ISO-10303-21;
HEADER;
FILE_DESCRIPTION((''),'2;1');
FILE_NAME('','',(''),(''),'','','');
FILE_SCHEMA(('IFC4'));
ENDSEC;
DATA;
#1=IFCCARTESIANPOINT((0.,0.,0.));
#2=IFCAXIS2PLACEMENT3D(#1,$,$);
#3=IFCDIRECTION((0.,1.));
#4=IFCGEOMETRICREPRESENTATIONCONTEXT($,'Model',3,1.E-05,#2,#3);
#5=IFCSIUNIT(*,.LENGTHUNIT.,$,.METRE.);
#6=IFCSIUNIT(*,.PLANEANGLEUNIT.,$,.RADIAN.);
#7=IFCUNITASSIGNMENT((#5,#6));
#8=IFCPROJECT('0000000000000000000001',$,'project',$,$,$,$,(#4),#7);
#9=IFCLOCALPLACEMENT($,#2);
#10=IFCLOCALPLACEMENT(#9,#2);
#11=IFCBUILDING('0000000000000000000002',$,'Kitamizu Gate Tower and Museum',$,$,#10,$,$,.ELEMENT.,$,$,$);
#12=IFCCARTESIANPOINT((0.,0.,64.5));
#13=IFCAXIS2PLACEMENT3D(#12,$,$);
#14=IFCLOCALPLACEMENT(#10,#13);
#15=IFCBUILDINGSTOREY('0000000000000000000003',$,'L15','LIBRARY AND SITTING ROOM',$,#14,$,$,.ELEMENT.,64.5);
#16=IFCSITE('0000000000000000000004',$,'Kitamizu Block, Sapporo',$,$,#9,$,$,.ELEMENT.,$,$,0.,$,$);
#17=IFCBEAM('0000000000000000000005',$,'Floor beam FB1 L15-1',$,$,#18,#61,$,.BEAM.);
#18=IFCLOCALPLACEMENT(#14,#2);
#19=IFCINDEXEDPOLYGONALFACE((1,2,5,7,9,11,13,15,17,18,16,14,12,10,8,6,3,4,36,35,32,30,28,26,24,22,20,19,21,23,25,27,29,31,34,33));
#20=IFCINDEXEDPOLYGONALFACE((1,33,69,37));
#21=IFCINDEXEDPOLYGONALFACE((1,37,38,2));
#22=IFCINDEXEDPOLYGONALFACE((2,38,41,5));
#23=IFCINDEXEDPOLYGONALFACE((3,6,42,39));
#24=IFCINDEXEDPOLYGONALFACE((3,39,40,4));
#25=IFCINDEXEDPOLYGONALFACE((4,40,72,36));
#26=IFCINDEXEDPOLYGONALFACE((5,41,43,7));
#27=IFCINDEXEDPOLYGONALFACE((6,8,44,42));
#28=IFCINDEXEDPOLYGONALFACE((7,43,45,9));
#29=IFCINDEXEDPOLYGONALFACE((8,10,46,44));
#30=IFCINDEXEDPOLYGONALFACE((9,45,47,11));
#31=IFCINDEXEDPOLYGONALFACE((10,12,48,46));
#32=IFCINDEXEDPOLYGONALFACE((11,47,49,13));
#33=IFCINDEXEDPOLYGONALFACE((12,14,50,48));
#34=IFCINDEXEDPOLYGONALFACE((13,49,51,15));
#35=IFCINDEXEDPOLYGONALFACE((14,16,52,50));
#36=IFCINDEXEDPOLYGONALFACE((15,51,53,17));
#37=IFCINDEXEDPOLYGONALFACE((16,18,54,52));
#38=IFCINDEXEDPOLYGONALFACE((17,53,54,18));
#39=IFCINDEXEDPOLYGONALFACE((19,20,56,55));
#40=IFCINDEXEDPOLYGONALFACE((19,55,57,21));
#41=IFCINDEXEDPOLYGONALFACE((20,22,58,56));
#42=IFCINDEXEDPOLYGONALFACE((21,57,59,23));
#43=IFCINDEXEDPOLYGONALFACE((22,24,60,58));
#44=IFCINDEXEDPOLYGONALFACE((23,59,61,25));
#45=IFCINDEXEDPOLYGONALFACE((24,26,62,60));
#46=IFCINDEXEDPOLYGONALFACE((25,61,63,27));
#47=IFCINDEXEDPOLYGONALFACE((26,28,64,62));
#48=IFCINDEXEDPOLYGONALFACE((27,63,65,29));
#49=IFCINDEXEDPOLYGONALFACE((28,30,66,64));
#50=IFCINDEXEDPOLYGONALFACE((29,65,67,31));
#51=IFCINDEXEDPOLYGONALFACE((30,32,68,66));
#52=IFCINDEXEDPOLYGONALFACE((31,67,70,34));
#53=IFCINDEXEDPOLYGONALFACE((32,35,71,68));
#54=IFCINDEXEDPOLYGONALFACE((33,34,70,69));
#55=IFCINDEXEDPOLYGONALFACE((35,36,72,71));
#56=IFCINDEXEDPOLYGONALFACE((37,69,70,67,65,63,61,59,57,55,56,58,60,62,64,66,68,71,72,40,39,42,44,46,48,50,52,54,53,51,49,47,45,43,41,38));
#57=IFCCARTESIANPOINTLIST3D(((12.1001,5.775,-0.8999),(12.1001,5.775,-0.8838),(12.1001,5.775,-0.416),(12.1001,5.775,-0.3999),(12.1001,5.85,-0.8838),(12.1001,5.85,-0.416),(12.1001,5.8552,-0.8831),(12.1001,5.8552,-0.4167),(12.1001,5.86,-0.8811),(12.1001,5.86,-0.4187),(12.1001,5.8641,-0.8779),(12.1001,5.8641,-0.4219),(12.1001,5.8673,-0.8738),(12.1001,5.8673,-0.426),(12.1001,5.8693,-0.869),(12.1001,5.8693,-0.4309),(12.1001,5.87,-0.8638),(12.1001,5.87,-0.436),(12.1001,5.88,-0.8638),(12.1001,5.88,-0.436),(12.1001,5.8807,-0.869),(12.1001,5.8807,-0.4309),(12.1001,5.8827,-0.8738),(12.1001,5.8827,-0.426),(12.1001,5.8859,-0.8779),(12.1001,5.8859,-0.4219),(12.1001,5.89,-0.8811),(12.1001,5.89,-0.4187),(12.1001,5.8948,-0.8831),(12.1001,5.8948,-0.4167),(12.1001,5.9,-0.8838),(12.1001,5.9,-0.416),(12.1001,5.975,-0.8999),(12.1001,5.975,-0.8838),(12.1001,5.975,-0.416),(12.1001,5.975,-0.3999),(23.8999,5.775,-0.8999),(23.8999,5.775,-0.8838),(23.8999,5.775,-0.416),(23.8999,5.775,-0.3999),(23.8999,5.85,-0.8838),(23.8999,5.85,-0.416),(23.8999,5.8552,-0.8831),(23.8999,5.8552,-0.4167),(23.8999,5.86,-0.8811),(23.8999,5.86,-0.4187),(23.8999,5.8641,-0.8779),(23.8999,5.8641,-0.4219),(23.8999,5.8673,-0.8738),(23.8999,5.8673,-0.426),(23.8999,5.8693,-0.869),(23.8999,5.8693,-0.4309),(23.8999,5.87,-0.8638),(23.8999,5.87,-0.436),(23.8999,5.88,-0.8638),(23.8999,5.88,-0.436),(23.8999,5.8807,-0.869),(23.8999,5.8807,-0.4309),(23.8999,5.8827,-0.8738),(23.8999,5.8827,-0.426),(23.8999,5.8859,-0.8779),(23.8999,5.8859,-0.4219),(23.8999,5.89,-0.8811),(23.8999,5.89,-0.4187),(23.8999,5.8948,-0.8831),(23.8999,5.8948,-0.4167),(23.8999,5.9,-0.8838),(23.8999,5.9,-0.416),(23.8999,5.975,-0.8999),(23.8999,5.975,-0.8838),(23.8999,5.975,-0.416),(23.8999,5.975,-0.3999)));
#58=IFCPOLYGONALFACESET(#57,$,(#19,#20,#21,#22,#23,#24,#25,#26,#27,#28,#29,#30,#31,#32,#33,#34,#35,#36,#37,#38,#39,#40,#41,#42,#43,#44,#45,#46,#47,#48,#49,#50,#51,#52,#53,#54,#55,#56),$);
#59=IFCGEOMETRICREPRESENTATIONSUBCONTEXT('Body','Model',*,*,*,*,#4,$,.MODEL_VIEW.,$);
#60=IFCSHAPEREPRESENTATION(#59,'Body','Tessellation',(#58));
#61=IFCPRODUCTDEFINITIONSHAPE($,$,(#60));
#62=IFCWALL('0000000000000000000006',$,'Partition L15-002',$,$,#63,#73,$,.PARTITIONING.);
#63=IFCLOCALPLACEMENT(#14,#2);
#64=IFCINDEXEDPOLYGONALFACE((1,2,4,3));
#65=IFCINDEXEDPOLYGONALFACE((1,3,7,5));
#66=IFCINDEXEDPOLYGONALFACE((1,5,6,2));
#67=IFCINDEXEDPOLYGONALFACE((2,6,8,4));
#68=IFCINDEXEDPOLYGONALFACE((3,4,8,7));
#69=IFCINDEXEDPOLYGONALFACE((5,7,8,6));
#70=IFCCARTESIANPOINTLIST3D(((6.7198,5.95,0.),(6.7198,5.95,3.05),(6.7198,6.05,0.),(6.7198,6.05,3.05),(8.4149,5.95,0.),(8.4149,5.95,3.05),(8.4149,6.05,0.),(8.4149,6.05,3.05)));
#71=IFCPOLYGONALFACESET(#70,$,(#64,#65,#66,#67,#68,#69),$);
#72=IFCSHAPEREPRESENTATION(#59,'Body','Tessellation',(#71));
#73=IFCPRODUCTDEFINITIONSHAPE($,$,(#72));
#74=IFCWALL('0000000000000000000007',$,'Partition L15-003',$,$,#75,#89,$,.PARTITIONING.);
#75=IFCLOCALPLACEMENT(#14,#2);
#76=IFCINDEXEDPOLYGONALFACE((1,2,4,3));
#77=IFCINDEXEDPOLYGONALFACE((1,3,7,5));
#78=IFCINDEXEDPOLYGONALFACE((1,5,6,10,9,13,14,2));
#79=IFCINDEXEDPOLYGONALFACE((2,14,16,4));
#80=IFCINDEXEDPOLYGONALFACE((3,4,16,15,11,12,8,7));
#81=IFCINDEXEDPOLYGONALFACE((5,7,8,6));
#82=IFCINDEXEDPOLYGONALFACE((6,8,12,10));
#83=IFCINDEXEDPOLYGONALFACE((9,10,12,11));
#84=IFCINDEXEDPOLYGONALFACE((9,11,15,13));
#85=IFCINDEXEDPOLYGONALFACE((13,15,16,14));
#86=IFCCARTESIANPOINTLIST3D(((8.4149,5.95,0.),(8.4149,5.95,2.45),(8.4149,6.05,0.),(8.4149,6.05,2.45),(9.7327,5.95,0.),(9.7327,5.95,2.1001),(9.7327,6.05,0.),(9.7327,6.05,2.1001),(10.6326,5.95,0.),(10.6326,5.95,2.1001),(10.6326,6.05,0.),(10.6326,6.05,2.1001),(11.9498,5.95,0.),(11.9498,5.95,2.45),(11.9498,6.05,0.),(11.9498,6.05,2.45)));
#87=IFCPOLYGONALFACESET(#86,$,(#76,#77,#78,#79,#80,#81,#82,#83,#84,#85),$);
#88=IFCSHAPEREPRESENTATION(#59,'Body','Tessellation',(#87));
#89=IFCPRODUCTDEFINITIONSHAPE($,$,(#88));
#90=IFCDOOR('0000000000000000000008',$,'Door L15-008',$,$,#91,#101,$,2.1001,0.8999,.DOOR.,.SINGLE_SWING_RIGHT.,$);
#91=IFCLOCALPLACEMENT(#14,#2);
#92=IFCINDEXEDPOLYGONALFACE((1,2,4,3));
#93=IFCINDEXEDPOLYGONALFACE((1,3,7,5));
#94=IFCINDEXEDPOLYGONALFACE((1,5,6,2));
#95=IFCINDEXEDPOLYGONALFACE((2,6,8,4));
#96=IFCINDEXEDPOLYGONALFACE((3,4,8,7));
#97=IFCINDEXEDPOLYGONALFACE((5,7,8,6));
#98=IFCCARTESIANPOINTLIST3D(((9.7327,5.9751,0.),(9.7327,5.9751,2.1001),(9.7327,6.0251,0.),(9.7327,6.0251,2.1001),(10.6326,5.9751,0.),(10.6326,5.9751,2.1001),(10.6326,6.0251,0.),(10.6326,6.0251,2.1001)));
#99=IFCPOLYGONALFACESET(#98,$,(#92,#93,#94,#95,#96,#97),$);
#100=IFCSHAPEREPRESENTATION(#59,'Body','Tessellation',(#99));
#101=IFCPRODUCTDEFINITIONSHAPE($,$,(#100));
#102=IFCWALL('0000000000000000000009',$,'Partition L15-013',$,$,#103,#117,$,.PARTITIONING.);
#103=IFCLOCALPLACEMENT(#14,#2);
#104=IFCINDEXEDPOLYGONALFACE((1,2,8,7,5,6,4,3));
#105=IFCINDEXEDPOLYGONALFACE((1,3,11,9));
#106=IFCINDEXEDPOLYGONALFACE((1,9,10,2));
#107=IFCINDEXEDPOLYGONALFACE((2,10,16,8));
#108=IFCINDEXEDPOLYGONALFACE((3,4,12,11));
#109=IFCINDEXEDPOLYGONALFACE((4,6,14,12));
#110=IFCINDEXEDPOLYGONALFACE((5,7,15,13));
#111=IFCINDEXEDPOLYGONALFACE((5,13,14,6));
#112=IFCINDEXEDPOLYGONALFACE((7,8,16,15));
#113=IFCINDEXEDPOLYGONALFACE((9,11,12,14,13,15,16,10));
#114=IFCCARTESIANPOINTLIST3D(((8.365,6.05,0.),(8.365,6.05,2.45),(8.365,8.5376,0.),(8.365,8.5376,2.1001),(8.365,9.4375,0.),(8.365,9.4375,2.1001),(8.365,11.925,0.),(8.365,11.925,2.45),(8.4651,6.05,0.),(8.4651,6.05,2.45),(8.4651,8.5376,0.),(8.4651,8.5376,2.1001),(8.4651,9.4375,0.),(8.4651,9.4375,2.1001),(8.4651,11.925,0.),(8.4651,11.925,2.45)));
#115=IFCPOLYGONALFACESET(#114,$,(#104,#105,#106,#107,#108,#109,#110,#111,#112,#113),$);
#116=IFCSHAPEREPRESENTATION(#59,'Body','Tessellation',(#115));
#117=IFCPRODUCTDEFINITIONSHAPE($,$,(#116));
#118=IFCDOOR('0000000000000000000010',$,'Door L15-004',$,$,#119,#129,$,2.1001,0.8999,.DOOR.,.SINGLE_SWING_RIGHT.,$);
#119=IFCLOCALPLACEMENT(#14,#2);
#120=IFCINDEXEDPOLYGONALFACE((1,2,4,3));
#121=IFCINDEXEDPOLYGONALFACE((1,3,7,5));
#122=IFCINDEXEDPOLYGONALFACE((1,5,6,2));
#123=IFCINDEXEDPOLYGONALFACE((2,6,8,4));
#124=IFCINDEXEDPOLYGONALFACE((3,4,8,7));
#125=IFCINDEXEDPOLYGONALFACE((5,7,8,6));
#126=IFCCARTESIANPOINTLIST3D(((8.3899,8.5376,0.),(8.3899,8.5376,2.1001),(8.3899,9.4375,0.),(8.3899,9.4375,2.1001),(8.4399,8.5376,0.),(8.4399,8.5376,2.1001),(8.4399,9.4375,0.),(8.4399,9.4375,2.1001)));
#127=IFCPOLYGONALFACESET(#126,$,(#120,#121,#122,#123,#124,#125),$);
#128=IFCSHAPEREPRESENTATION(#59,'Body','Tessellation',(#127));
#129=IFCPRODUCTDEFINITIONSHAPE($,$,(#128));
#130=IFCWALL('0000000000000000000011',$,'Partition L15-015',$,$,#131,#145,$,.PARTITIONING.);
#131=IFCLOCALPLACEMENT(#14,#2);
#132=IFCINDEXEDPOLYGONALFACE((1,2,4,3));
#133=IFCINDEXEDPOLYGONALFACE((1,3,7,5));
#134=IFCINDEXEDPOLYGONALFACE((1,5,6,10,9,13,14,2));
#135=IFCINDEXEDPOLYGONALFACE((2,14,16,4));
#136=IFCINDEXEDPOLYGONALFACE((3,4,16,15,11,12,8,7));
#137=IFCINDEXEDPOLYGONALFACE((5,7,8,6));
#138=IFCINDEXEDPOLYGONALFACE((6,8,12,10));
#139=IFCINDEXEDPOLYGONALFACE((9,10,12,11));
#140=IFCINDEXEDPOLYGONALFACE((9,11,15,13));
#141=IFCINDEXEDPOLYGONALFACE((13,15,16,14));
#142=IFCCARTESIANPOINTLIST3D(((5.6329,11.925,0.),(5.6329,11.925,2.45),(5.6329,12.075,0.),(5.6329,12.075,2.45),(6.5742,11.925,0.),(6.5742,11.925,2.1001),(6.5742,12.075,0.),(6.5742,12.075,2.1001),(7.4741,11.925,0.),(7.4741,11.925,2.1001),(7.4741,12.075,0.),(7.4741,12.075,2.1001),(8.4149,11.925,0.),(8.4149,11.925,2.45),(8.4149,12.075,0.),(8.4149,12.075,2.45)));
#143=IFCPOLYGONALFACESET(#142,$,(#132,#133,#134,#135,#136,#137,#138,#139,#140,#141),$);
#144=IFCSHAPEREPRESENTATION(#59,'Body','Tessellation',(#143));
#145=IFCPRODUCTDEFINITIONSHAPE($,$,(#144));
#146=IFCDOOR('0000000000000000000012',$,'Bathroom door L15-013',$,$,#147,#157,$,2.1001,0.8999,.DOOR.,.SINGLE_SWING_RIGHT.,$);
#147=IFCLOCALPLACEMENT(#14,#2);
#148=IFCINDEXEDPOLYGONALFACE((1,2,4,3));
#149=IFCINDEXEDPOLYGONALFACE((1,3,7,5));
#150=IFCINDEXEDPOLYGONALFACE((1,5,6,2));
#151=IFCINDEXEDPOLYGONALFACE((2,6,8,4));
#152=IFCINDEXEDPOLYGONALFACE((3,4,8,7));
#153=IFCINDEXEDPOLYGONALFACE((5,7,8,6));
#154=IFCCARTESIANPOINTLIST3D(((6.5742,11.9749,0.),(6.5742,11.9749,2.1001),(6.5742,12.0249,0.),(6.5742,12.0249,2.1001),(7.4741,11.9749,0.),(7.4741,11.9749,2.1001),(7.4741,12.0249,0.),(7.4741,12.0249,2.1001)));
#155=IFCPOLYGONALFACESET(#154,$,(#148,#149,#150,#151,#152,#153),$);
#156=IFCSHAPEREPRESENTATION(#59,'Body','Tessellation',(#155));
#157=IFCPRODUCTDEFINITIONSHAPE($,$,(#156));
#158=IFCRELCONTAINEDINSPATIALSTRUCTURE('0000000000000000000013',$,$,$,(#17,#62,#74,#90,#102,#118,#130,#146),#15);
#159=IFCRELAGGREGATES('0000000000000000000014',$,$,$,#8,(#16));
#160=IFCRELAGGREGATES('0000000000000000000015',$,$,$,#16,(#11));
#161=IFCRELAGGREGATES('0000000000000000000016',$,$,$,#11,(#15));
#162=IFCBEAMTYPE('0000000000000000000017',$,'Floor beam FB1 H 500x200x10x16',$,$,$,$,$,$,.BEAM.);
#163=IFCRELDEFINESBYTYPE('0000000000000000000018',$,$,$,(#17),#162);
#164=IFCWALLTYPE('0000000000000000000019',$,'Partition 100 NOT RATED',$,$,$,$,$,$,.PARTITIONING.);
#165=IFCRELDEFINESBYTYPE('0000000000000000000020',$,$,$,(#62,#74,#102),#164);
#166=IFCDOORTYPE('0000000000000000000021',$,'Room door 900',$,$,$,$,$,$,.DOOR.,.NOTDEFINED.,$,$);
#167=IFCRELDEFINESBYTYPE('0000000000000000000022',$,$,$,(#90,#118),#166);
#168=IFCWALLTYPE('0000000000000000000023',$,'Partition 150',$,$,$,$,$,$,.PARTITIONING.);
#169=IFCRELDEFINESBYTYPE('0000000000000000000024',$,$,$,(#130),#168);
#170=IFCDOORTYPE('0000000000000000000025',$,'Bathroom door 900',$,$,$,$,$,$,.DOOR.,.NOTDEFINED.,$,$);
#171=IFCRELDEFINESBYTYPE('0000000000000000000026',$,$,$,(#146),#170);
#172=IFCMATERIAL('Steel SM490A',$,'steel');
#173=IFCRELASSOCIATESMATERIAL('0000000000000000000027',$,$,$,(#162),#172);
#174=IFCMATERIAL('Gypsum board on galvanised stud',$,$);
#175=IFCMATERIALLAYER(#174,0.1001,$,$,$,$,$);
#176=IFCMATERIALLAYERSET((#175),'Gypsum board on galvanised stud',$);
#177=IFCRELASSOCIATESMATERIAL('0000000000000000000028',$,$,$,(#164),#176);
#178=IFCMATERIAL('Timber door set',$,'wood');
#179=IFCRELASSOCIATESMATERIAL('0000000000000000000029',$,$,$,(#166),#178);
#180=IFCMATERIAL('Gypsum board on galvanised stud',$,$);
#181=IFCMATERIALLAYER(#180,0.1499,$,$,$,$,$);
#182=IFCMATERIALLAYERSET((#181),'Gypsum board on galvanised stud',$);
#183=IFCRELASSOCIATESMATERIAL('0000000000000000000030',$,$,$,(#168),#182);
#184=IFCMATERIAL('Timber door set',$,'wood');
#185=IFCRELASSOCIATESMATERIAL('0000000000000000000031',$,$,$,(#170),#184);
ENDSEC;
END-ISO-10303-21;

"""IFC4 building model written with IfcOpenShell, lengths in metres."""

from ifc_helpers import new_model, si_unit, direction, frame, frame_2d, origin, origin_2d, place, context, subcontext, project, spatial, rectangle, i_section, extrude, material, layer, layer_set, material_profile, profile_set, type_object, element, fill, save


model = new_model("IFC4")

# Units and contexts
model_context = context("Model", 3, precision=1e-05, world=origin(), true_north=direction((0.0, 1.0)))
body_context = subcontext(model_context, "Body", "Model", "MODEL_VIEW")
ifc_project = project(units=[si_unit("LENGTHUNIT", "METRE"), si_unit("PLANEANGLEUNIT", "RADIAN")], contexts=[model_context])

# Site, building, storey
site_placement = place(None, origin())
site = spatial("IfcSite", under=ifc_project, at=site_placement, Name="Kitamizu Block, Sapporo", CompositionType="ELEMENT", RefElevation=0.0)
building_placement = place(site_placement, origin())
building = spatial("IfcBuilding", under=site, at=building_placement, Name="Kitamizu Gate Tower and Museum", CompositionType="ELEMENT")
storey_placement = place(building_placement, frame((0.0, 0.0, 64.5)))
storey = spatial("IfcBuildingStorey", under=building, at=storey_placement, Name="L15", Description="LIBRARY AND SITTING ROOM", CompositionType="ELEMENT", Elevation=64.5)

# Beam
ifc_material_1 = material(Name="Steel SM490A", Category="steel")
ifc_material_profile = material_profile(ifc_material_1, i_section(OverallWidth=0.2, OverallDepth=0.5, WebThickness=0.01, FlangeThickness=0.0161, FilletRadius=0.02, at=origin_2d()), Name="H-500x200x10x16")
ifc_profile_set = profile_set([ifc_material_profile], Name="Steel SM490A")
beam_type = type_object("IfcBeamType", Name="Floor beam FB1 H 500x200x10x16", PredefinedType="BEAM", material=ifc_profile_set)
beam_placement = place(storey_placement, frame((12.1001, 5.875, -0.6499), z_axis=(1.0, 0.0, 0.0), x_axis=(0.0, 1.0, 0.0)))
element("IfcBeam", 1, at=beam_placement, inside=storey, type_object=beam_type, Name="Floor beam FB1 L15-1", PredefinedType="BEAM", context=body_context, shape_type="SweptSolid", body=[
    extrude(i_section(OverallWidth=0.2, OverallDepth=0.5, WebThickness=0.01, FlangeThickness=0.0161, FilletRadius=0.02, at=origin_2d()), origin(), (0.0, 0.0, 1.0), 11.7998),
])

# Wall
ifc_material_2 = material(Name="Gypsum board on galvanised stud")
ifc_layer_1 = layer(ifc_material_2, 0.1001)
ifc_layer_set_1 = layer_set([ifc_layer_1], Name="Gypsum board on galvanised stud")
wall_type_1 = type_object("IfcWallType", Name="Partition 100 NOT RATED", PredefinedType="PARTITIONING", material=ifc_layer_set_1)
wall_1_placement = place(storey_placement, frame((8.415, 6.0, 0.0), z_axis=(0.0, 0.0, 1.0), x_axis=(-1.0, 0.0, 0.0)))
element("IfcWall", 2, at=wall_1_placement, inside=storey, type_object=wall_type_1, Name="Partition L15-002", PredefinedType="PARTITIONING", context=body_context, shape_type="SweptSolid", body=[
    extrude(rectangle(XDim=1.6951, YDim=0.1001, at=frame_2d((0.8477, 0.0))), origin(), (0.0, 0.0, 1.0), 3.05),
])

# Walls, openings, doors
wall_2_placement = place(storey_placement, frame((11.95, 6.0, 0.0), z_axis=(0.0, 0.0, 1.0), x_axis=(-1.0, 0.0, 0.0)))
wall_2 = element("IfcWall", 3, at=wall_2_placement, inside=storey, type_object=wall_type_1, Name="Partition L15-003", PredefinedType="PARTITIONING", context=body_context, shape_type="SweptSolid", body=[
    extrude(rectangle(XDim=3.5349, YDim=0.1001, at=frame_2d((1.7676, 0.0))), origin(), (0.0, 0.0, 1.0), 2.45),
])
opening_1_placement = place(wall_2_placement, frame((1.3174, 0.0, 0.0)))
opening_1 = element("IfcOpeningElement", 4, at=opening_1_placement, cuts=wall_2, PredefinedType="OPENING", context=body_context, shape_type="SweptSolid", body=[
    extrude(rectangle(XDim=0.8999, YDim=2.1001, at=frame_2d((0.45, 1.05))), frame((0.0, 0.0601, 0.0), z_axis=(0.0, -1.0, 0.0), x_axis=(1.0, 0.0, 0.0)), (0.0, 0.0, 1.0), 0.1201),
])
ifc_material_3 = material(Name="Timber door set", Category="wood")
door_type_1 = type_object("IfcDoorType", Name="Room door 900", OperationType="NOTDEFINED", PredefinedType="DOOR", material=ifc_material_3)
door_1_placement = place(opening_1_placement, origin())
door_1 = element("IfcDoor", 5, at=door_1_placement, inside=storey, type_object=door_type_1, Name="Door L15-008", OperationType="SINGLE_SWING_RIGHT", OverallHeight=2.1001, OverallWidth=0.8999, PredefinedType="DOOR", context=body_context, shape_type="SweptSolid", body=[
    extrude(rectangle(XDim=0.8999, YDim=2.1001, at=frame_2d((0.45, 1.05))), frame((0.0, 0.0249, 0.0), z_axis=(0.0, -1.0, 0.0), x_axis=(1.0, 0.0, 0.0)), (0.0, 0.0, 1.0), 0.05),
])
fill(opening_1, door_1)
wall_3_placement = place(storey_placement, frame((8.415, 6.05, 0.0), z_axis=(0.0, 0.0, 1.0), x_axis=(0.0, 1.0, 0.0)))
wall_3 = element("IfcWall", 6, at=wall_3_placement, inside=storey, type_object=wall_type_1, Name="Partition L15-013", PredefinedType="PARTITIONING", context=body_context, shape_type="SweptSolid", body=[
    extrude(rectangle(XDim=5.875, YDim=0.1001, at=frame_2d((2.9375, 0.0))), origin(), (0.0, 0.0, 1.0), 2.45),
])
opening_2_placement = place(wall_3_placement, frame((2.4875, 0.0, 0.0)))
opening_2 = element("IfcOpeningElement", 7, at=opening_2_placement, cuts=wall_3, PredefinedType="OPENING", context=body_context, shape_type="SweptSolid", body=[
    extrude(rectangle(XDim=0.8999, YDim=2.1001, at=frame_2d((0.45, 1.05))), frame((0.0, 0.0601, 0.0), z_axis=(0.0, -1.0, 0.0), x_axis=(1.0, 0.0, 0.0)), (0.0, 0.0, 1.0), 0.1201),
])
door_2_placement = place(opening_2_placement, frame((0.8999, 0.0, 0.0), x_axis=(-1.0, 0.0, 0.0)))
door_2 = element("IfcDoor", 8, at=door_2_placement, inside=storey, type_object=door_type_1, Name="Door L15-004", OperationType="SINGLE_SWING_RIGHT", OverallHeight=2.1001, OverallWidth=0.8999, PredefinedType="DOOR", context=body_context, shape_type="SweptSolid", body=[
    extrude(rectangle(XDim=0.8999, YDim=2.1001, at=frame_2d((0.45, 1.05))), frame((0.0, 0.0249, 0.0), z_axis=(0.0, -1.0, 0.0), x_axis=(1.0, 0.0, 0.0)), (0.0, 0.0, 1.0), 0.05),
])
fill(opening_2, door_2)
ifc_material_4 = material(Name="Gypsum board on galvanised stud")
ifc_layer_2 = layer(ifc_material_4, 0.1499)
ifc_layer_set_2 = layer_set([ifc_layer_2], Name="Gypsum board on galvanised stud")
wall_type_2 = type_object("IfcWallType", Name="Partition 150", PredefinedType="PARTITIONING", material=ifc_layer_set_2)
wall_4_placement = place(storey_placement, frame((8.415, 12.0, 0.0), z_axis=(0.0, 0.0, 1.0), x_axis=(-1.0, 0.0, 0.0)))
wall_4 = element("IfcWall", 9, at=wall_4_placement, inside=storey, type_object=wall_type_2, Name="Partition L15-015", PredefinedType="PARTITIONING", context=body_context, shape_type="SweptSolid", body=[
    extrude(rectangle(XDim=2.782, YDim=0.1499, at=frame_2d((1.3911, 0.0))), origin(), (0.0, 0.0, 1.0), 2.45),
])
opening_3_placement = place(wall_4_placement, frame((0.9409, 0.0, 0.0)))
opening_3 = element("IfcOpeningElement", 10, at=opening_3_placement, cuts=wall_4, PredefinedType="OPENING", context=body_context, shape_type="SweptSolid", body=[
    extrude(rectangle(XDim=0.8999, YDim=2.1001, at=frame_2d((0.45, 1.05))), frame((0.0, 0.085, 0.0), z_axis=(0.0, -1.0, 0.0), x_axis=(1.0, 0.0, 0.0)), (0.0, 0.0, 1.0), 0.1699),
])
ifc_material_5 = material(Name="Timber door set", Category="wood")
door_type_2 = type_object("IfcDoorType", Name="Bathroom door 900", OperationType="NOTDEFINED", PredefinedType="DOOR", material=ifc_material_5)
door_3_placement = place(opening_3_placement, frame((0.8999, 0.0, 0.0), x_axis=(-1.0, 0.0, 0.0)))
door_3 = element("IfcDoor", 11, at=door_3_placement, inside=storey, type_object=door_type_2, Name="Bathroom door L15-013", OperationType="SINGLE_SWING_RIGHT", OverallHeight=2.1001, OverallWidth=0.8999, PredefinedType="DOOR", context=body_context, shape_type="SweptSolid", body=[
    extrude(rectangle(XDim=0.8999, YDim=2.1001, at=frame_2d((0.45, 1.05))), frame((0.0, 0.0249, 0.0), z_axis=(0.0, -1.0, 0.0), x_axis=(1.0, 0.0, 0.0)), (0.0, 0.0, 1.0), 0.05),
])
fill(opening_3, door_3)

save(model, "model.ifc")
